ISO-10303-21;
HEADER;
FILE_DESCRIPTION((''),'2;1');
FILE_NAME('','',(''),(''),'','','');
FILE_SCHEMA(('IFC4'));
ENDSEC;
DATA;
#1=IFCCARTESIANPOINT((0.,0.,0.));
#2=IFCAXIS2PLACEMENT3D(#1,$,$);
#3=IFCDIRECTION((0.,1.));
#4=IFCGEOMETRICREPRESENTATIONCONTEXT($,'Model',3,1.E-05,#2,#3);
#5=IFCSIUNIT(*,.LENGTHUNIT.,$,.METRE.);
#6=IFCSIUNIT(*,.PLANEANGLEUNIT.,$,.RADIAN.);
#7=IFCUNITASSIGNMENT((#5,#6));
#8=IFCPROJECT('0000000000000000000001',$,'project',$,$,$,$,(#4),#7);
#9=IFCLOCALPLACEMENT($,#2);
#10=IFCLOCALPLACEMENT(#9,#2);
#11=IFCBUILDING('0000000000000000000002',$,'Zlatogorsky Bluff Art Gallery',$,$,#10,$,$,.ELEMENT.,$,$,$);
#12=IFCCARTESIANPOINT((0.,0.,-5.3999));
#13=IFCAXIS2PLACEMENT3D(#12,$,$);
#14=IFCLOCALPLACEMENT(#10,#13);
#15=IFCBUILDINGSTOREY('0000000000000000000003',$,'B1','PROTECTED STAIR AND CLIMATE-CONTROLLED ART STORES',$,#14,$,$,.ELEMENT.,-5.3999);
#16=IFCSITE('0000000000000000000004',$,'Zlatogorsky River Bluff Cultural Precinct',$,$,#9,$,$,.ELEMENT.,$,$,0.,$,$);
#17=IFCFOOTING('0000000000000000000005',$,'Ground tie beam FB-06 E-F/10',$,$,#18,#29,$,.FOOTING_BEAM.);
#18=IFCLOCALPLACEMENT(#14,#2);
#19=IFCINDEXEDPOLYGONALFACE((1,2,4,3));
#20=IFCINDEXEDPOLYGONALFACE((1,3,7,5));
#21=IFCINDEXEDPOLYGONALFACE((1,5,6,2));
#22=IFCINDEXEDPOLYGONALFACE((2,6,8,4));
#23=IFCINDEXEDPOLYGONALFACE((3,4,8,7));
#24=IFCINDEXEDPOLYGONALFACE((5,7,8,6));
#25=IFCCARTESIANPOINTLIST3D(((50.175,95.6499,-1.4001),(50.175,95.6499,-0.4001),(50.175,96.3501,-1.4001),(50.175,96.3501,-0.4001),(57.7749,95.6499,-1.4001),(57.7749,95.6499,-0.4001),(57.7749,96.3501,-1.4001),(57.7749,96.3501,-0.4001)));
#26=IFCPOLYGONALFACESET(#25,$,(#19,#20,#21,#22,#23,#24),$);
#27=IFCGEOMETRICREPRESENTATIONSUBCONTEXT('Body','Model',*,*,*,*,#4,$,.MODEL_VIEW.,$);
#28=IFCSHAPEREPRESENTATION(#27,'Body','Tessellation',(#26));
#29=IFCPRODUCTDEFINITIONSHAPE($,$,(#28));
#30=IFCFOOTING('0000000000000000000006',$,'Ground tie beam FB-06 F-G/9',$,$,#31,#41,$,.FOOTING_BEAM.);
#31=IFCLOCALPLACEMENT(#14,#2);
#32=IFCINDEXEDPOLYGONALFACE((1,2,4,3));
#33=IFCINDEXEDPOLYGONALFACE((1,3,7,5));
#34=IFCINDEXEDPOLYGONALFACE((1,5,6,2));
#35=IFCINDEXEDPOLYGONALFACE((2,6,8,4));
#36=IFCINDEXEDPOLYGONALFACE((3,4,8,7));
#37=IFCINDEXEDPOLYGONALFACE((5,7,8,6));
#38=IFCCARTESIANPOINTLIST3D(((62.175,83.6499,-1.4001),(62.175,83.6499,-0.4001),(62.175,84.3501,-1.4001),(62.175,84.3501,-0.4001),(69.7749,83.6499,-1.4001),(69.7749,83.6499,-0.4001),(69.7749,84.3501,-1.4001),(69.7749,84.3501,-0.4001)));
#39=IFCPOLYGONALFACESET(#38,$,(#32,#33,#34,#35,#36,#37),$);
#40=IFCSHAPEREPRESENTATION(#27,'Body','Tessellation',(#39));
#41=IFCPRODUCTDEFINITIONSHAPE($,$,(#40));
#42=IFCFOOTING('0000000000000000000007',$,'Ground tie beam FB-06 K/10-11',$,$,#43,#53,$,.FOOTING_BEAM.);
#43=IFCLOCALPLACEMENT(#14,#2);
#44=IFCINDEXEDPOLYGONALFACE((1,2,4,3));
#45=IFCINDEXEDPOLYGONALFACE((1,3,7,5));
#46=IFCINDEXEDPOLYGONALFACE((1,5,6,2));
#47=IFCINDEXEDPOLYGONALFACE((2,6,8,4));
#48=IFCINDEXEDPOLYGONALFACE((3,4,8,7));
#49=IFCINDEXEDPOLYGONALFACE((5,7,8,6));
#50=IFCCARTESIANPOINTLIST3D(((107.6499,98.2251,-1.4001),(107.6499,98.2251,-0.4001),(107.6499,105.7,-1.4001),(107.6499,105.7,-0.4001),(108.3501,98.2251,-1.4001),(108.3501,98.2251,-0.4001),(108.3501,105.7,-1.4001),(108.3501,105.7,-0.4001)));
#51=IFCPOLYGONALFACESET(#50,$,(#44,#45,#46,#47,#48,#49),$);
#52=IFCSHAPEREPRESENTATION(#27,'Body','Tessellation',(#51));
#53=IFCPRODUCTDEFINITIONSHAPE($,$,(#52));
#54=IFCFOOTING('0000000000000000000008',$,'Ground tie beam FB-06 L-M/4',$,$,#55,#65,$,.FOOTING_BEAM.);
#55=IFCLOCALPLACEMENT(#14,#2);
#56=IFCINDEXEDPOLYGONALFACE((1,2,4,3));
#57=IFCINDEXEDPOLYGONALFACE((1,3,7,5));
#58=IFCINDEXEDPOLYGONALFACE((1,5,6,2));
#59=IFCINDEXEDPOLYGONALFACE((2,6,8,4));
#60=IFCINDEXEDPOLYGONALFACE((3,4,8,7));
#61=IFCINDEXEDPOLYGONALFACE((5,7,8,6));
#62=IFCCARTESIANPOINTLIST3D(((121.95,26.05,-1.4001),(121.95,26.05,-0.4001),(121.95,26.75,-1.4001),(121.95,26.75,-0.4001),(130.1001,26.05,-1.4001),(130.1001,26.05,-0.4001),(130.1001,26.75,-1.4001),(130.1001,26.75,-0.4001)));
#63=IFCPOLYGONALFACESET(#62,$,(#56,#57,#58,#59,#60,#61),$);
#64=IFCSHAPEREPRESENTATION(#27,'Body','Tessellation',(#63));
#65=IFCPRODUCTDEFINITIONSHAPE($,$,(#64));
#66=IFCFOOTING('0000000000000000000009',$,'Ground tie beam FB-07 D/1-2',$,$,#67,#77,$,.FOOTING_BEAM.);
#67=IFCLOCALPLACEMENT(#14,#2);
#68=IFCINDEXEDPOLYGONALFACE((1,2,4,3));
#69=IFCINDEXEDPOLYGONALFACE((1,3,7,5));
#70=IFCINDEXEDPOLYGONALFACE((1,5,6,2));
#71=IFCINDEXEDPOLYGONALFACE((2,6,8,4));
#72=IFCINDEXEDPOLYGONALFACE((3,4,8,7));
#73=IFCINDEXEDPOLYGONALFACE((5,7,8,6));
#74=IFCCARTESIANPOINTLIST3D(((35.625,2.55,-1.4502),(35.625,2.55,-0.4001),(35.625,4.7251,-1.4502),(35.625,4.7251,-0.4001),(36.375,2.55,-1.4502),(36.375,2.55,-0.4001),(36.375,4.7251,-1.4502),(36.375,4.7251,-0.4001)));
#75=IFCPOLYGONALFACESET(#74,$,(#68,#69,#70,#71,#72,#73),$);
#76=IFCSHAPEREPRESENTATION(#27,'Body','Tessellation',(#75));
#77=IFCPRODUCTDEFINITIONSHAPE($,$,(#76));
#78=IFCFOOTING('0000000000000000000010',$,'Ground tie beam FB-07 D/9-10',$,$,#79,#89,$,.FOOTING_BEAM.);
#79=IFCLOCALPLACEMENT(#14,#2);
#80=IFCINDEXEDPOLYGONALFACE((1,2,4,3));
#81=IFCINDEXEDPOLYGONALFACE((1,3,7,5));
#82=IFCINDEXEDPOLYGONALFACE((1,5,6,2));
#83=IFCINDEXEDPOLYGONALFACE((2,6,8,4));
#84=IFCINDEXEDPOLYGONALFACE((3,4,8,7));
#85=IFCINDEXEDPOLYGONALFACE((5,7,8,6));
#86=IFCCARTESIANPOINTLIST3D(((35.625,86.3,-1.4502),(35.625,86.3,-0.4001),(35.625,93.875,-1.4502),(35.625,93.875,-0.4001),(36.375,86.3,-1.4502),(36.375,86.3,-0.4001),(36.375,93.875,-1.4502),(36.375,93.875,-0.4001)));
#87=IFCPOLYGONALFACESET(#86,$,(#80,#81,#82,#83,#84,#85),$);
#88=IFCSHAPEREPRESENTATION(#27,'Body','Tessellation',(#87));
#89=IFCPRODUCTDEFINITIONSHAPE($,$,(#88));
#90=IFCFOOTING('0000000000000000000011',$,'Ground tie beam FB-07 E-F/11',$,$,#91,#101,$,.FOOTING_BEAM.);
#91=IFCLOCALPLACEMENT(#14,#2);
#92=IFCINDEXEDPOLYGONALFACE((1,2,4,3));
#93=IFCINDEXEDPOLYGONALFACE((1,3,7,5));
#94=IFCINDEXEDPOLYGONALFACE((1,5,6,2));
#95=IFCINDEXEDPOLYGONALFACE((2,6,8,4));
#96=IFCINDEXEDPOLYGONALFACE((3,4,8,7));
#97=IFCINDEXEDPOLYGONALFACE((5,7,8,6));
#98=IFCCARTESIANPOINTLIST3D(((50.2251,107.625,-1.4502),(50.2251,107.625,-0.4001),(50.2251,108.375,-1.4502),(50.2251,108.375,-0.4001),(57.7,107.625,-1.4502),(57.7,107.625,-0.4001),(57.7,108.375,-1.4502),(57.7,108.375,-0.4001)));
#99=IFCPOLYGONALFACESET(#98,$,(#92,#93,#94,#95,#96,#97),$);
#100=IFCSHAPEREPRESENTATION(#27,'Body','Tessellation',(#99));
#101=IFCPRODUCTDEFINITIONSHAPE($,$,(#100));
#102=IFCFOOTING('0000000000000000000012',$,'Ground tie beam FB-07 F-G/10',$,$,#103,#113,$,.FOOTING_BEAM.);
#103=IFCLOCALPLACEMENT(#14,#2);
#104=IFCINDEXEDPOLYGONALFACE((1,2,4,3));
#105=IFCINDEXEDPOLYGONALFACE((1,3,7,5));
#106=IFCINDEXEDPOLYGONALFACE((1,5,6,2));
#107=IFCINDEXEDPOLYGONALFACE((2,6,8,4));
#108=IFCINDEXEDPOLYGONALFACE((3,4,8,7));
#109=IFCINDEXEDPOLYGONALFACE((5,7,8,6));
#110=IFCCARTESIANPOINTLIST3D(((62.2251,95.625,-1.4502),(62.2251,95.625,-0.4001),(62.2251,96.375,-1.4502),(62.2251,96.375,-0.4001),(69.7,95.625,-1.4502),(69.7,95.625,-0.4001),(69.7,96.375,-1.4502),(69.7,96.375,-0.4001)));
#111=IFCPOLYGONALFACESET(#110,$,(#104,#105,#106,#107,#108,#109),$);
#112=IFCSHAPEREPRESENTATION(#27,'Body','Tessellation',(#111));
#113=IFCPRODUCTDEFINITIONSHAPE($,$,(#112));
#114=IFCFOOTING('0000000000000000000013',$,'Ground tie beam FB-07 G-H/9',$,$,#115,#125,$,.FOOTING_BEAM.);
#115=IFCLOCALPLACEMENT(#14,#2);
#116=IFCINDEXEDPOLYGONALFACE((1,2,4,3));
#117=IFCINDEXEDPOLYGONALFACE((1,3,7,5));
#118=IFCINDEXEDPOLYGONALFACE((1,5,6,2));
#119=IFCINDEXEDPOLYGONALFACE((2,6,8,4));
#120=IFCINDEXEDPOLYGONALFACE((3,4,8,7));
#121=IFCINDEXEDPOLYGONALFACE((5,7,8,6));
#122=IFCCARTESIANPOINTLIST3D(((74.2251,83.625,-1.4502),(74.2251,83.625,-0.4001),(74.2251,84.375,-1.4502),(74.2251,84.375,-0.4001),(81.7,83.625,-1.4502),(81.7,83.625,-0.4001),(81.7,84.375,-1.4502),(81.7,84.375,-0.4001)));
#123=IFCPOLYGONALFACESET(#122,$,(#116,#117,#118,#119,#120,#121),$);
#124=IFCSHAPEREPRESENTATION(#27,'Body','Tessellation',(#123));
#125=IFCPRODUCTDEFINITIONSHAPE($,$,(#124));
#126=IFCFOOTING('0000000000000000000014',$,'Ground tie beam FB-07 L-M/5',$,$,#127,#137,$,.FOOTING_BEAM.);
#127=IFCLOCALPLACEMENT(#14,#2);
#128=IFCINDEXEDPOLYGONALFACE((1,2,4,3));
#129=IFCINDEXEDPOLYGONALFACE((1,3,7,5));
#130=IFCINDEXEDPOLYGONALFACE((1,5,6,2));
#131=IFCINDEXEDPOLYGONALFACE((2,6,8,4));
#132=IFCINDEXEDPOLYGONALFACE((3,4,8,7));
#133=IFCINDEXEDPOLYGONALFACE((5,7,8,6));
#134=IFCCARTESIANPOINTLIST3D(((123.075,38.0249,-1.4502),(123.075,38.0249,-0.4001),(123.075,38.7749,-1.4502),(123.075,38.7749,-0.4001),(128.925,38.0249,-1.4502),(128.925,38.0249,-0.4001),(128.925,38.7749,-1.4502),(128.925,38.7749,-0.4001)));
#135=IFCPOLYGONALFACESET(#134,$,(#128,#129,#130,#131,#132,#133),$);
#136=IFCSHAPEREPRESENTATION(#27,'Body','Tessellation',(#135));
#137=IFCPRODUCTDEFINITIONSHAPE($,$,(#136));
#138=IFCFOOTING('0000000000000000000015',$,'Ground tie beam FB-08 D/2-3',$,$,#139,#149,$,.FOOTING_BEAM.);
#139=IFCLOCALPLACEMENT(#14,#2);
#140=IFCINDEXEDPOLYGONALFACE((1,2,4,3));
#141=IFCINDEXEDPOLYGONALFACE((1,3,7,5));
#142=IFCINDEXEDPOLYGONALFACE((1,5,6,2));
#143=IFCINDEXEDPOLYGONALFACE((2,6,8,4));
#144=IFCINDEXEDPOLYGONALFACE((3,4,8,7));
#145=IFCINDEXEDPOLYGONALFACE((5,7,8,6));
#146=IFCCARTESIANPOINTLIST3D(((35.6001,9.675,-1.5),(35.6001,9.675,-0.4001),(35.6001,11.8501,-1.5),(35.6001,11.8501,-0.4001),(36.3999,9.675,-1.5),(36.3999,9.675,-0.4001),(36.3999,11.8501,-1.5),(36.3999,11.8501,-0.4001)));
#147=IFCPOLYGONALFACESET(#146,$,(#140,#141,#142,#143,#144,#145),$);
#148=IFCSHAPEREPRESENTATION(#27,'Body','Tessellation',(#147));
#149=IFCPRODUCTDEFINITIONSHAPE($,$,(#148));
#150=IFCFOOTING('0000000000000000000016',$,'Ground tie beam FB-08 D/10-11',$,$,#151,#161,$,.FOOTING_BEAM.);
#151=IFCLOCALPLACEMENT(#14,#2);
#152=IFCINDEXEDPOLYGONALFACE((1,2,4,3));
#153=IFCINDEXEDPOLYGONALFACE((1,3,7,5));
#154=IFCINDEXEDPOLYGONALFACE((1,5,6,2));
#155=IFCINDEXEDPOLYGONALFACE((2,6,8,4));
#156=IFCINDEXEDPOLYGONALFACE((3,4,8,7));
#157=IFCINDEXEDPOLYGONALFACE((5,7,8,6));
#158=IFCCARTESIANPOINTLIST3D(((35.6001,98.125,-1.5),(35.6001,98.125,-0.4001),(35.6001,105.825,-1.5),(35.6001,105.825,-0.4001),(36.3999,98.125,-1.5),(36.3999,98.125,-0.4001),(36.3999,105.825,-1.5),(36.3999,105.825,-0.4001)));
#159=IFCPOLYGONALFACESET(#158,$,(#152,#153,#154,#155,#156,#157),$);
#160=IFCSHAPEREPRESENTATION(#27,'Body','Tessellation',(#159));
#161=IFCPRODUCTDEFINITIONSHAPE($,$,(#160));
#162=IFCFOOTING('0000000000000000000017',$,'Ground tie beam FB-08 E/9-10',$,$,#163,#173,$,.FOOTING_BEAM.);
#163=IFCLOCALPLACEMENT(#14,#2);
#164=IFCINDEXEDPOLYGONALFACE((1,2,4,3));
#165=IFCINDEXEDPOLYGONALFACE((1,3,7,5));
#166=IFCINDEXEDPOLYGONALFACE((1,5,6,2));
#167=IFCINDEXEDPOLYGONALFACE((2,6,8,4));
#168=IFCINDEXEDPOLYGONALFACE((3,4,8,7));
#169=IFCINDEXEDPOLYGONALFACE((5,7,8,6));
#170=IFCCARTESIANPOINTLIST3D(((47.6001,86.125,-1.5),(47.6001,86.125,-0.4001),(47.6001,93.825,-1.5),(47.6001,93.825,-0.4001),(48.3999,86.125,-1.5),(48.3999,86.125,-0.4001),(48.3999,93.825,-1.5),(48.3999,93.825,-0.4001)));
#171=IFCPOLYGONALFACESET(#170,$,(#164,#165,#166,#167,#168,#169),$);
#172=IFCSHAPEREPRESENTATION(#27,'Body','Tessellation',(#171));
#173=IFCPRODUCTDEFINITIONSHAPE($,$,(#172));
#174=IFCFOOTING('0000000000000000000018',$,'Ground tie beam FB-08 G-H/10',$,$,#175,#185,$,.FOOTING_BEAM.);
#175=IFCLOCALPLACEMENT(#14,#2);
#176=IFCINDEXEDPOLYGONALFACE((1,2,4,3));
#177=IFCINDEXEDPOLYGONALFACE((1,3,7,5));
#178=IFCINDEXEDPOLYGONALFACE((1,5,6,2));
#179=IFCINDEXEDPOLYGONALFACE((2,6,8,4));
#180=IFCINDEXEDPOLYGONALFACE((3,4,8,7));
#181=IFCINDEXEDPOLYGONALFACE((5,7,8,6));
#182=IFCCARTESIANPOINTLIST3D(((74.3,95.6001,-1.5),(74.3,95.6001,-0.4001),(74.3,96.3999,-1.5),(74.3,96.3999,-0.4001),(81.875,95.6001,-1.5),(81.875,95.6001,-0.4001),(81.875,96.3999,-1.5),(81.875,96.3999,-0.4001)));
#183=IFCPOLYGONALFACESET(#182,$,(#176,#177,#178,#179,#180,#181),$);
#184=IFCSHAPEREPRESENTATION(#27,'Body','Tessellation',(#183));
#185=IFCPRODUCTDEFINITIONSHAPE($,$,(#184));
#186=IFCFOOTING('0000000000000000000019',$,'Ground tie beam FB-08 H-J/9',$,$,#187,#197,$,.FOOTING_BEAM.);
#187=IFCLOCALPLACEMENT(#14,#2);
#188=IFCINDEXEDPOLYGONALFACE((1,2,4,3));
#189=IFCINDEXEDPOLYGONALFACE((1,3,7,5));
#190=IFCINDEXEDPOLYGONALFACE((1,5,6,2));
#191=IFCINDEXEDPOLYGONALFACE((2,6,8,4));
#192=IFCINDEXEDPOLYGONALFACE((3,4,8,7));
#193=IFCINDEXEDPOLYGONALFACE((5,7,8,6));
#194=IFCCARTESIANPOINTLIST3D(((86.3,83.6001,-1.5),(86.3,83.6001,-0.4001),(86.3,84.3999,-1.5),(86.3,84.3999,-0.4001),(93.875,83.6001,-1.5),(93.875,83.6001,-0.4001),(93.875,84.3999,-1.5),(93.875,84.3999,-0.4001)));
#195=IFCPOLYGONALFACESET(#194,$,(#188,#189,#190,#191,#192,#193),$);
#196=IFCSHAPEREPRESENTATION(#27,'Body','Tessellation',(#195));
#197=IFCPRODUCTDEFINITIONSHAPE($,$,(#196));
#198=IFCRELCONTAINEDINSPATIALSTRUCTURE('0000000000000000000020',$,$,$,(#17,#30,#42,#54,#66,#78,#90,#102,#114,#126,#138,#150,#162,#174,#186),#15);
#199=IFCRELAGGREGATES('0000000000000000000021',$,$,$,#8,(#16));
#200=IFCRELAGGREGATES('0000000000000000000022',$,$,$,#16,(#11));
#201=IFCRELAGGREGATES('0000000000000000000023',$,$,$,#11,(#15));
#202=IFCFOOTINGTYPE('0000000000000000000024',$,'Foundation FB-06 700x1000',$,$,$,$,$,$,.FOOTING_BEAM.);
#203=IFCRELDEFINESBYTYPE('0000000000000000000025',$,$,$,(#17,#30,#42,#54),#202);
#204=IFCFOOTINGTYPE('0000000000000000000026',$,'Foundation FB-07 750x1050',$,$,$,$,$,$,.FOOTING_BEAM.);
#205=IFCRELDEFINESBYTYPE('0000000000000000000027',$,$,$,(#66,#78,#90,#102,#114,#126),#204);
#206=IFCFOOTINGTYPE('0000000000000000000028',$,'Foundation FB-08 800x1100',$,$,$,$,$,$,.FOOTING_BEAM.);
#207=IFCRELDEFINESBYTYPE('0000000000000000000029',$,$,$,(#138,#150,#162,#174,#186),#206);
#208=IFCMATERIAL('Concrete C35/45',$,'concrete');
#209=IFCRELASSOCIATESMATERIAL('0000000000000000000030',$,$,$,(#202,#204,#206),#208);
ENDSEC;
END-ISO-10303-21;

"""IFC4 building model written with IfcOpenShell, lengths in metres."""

from ifc_helpers import new_model, si_unit, direction, frame, origin, place, context, subcontext, project, spatial, polyline, outline, extrude, material, type_object, element, save


model = new_model("IFC4")

# Units and contexts
model_context = context("Model", 3, precision=1e-05, world=origin(), true_north=direction((0.0, 1.0)))
body_context = subcontext(model_context, "Body", "Model", "MODEL_VIEW")
ifc_project = project(units=[si_unit("LENGTHUNIT", "METRE"), si_unit("PLANEANGLEUNIT", "RADIAN")], contexts=[model_context])

# Site, building, storey
site_placement = place(None, origin())
site = spatial("IfcSite", under=ifc_project, at=site_placement, Name="Zlatogorsky River Bluff Cultural Precinct", CompositionType="ELEMENT", RefElevation=0.0)
building_placement = place(site_placement, origin())
building = spatial("IfcBuilding", under=site, at=building_placement, Name="Zlatogorsky Bluff Art Gallery", CompositionType="ELEMENT")
storey_placement = place(building_placement, frame((0.0, 0.0, -5.3999)))
storey = spatial("IfcBuildingStorey", under=building, at=storey_placement, Name="B1", Description="PROTECTED STAIR AND CLIMATE-CONTROLLED ART STORES", CompositionType="ELEMENT", Elevation=-5.3999)

# Footings
ifc_material = material(Name="Concrete C35/45", Category="concrete")
footing_type_1 = type_object("IfcFootingType", Name="Foundation FB-06 700x1000", PredefinedType="FOOTING_BEAM", material=ifc_material)
footing_1_placement = place(storey_placement, frame((0.0, 0.0, -1.4001)))
element("IfcFooting", 1, at=footing_1_placement, inside=storey, type_object=footing_type_1, Name="Ground tie beam FB-06 E-F/10", PredefinedType="FOOTING_BEAM", context=body_context, shape_type="SweptSolid", body=[
    extrude(outline(polyline([(50.175, 95.6499), (57.7749, 95.6499), (57.7749, 96.3501), (50.175, 96.3501), (50.175, 95.6499)])), origin(), (0.0, 0.0, 1.0), 1.0),
])
footing_2_placement = place(storey_placement, frame((0.0, 0.0, -1.4001)))
element("IfcFooting", 2, at=footing_2_placement, inside=storey, type_object=footing_type_1, Name="Ground tie beam FB-06 F-G/9", PredefinedType="FOOTING_BEAM", context=body_context, shape_type="SweptSolid", body=[
    extrude(outline(polyline([(62.175, 83.6499), (69.7749, 83.6499), (69.7749, 84.3501), (62.175, 84.3501), (62.175, 83.6499)])), origin(), (0.0, 0.0, 1.0), 1.0),
])
footing_3_placement = place(storey_placement, frame((0.0, 0.0, -1.4001)))
element("IfcFooting", 3, at=footing_3_placement, inside=storey, type_object=footing_type_1, Name="Ground tie beam FB-06 K/10-11", PredefinedType="FOOTING_BEAM", context=body_context, shape_type="SweptSolid", body=[
    extrude(outline(polyline([(107.6499, 98.2251), (108.3501, 98.2251), (108.3501, 105.7), (107.6499, 105.7), (107.6499, 98.2251)])), origin(), (0.0, 0.0, 1.0), 1.0),
])
footing_4_placement = place(storey_placement, frame((0.0, 0.0, -1.4001)))
element("IfcFooting", 4, at=footing_4_placement, inside=storey, type_object=footing_type_1, Name="Ground tie beam FB-06 L-M/4", PredefinedType="FOOTING_BEAM", context=body_context, shape_type="SweptSolid", body=[
    extrude(outline(polyline([(121.95, 26.05), (130.1001, 26.05), (130.1001, 26.75), (121.95, 26.75), (121.95, 26.05)])), origin(), (0.0, 0.0, 1.0), 1.0),
])
footing_type_2 = type_object("IfcFootingType", Name="Foundation FB-07 750x1050", PredefinedType="FOOTING_BEAM", material=ifc_material)
footing_5_placement = place(storey_placement, frame((0.0, 0.0, -1.4502)))
element("IfcFooting", 5, at=footing_5_placement, inside=storey, type_object=footing_type_2, Name="Ground tie beam FB-07 D/1-2", PredefinedType="FOOTING_BEAM", context=body_context, shape_type="SweptSolid", body=[
    extrude(outline(polyline([(35.625, 2.55), (36.375, 2.55), (36.375, 4.7251), (35.625, 4.7251), (35.625, 2.55)])), origin(), (0.0, 0.0, 1.0), 1.05),
])
footing_6_placement = place(storey_placement, frame((0.0, 0.0, -1.4502)))
element("IfcFooting", 6, at=footing_6_placement, inside=storey, type_object=footing_type_2, Name="Ground tie beam FB-07 D/9-10", PredefinedType="FOOTING_BEAM", context=body_context, shape_type="SweptSolid", body=[
    extrude(outline(polyline([(35.625, 86.3), (36.375, 86.3), (36.375, 93.875), (35.625, 93.875), (35.625, 86.3)])), origin(), (0.0, 0.0, 1.0), 1.05),
])
footing_7_placement = place(storey_placement, frame((0.0, 0.0, -1.4502)))
element("IfcFooting", 7, at=footing_7_placement, inside=storey, type_object=footing_type_2, Name="Ground tie beam FB-07 E-F/11", PredefinedType="FOOTING_BEAM", context=body_context, shape_type="SweptSolid", body=[
    extrude(outline(polyline([(50.2251, 107.625), (57.7, 107.625), (57.7, 108.375), (50.2251, 108.375), (50.2251, 107.625)])), origin(), (0.0, 0.0, 1.0), 1.05),
])
footing_8_placement = place(storey_placement, frame((0.0, 0.0, -1.4502)))
element("IfcFooting", 8, at=footing_8_placement, inside=storey, type_object=footing_type_2, Name="Ground tie beam FB-07 F-G/10", PredefinedType="FOOTING_BEAM", context=body_context, shape_type="SweptSolid", body=[
    extrude(outline(polyline([(62.2251, 95.625), (69.7, 95.625), (69.7, 96.375), (62.2251, 96.375), (62.2251, 95.625)])), origin(), (0.0, 0.0, 1.0), 1.05),
])
footing_9_placement = place(storey_placement, frame((0.0, 0.0, -1.4502)))
element("IfcFooting", 9, at=footing_9_placement, inside=storey, type_object=footing_type_2, Name="Ground tie beam FB-07 G-H/9", PredefinedType="FOOTING_BEAM", context=body_context, shape_type="SweptSolid", body=[
    extrude(outline(polyline([(74.2251, 83.625), (81.7, 83.625), (81.7, 84.375), (74.2251, 84.375), (74.2251, 83.625)])), origin(), (0.0, 0.0, 1.0), 1.05),
])
footing_10_placement = place(storey_placement, frame((0.0, 0.0, -1.4502)))
element("IfcFooting", 10, at=footing_10_placement, inside=storey, type_object=footing_type_2, Name="Ground tie beam FB-07 L-M/5", PredefinedType="FOOTING_BEAM", context=body_context, shape_type="SweptSolid", body=[
    extrude(outline(polyline([(123.075, 38.0249), (128.925, 38.0249), (128.925, 38.7749), (123.075, 38.7749), (123.075, 38.0249)])), origin(), (0.0, 0.0, 1.0), 1.05),
])
footing_type_3 = type_object("IfcFootingType", Name="Foundation FB-08 800x1100", PredefinedType="FOOTING_BEAM", material=ifc_material)
footing_11_placement = place(storey_placement, frame((0.0, 0.0, -1.5)))
element("IfcFooting", 11, at=footing_11_placement, inside=storey, type_object=footing_type_3, Name="Ground tie beam FB-08 D/2-3", PredefinedType="FOOTING_BEAM", context=body_context, shape_type="SweptSolid", body=[
    extrude(outline(polyline([(35.6001, 9.675), (36.3999, 9.675), (36.3999, 11.8501), (35.6001, 11.8501), (35.6001, 9.675)])), origin(), (0.0, 0.0, 1.0), 1.0999),
])
footing_12_placement = place(storey_placement, frame((0.0, 0.0, -1.5)))
element("IfcFooting", 12, at=footing_12_placement, inside=storey, type_object=footing_type_3, Name="Ground tie beam FB-08 D/10-11", PredefinedType="FOOTING_BEAM", context=body_context, shape_type="SweptSolid", body=[
    extrude(outline(polyline([(35.6001, 98.125), (36.3999, 98.125), (36.3999, 105.825), (35.6001, 105.825), (35.6001, 98.125)])), origin(), (0.0, 0.0, 1.0), 1.0999),
])
footing_13_placement = place(storey_placement, frame((0.0, 0.0, -1.5)))
element("IfcFooting", 13, at=footing_13_placement, inside=storey, type_object=footing_type_3, Name="Ground tie beam FB-08 E/9-10", PredefinedType="FOOTING_BEAM", context=body_context, shape_type="SweptSolid", body=[
    extrude(outline(polyline([(47.6001, 86.125), (48.3999, 86.125), (48.3999, 93.825), (47.6001, 93.825), (47.6001, 86.125)])), origin(), (0.0, 0.0, 1.0), 1.0999),
])
footing_14_placement = place(storey_placement, frame((0.0, 0.0, -1.5)))
element("IfcFooting", 14, at=footing_14_placement, inside=storey, type_object=footing_type_3, Name="Ground tie beam FB-08 G-H/10", PredefinedType="FOOTING_BEAM", context=body_context, shape_type="SweptSolid", body=[
    extrude(outline(polyline([(74.3, 95.6001), (81.875, 95.6001), (81.875, 96.3999), (74.3, 96.3999), (74.3, 95.6001)])), origin(), (0.0, 0.0, 1.0), 1.0999),
])
footing_15_placement = place(storey_placement, frame((0.0, 0.0, -1.5)))
element("IfcFooting", 15, at=footing_15_placement, inside=storey, type_object=footing_type_3, Name="Ground tie beam FB-08 H-J/9", PredefinedType="FOOTING_BEAM", context=body_context, shape_type="SweptSolid", body=[
    extrude(outline(polyline([(86.3, 83.6001), (93.875, 83.6001), (93.875, 84.3999), (86.3, 84.3999), (86.3, 83.6001)])), origin(), (0.0, 0.0, 1.0), 1.0999),
])

save(model, "model.ifc")
